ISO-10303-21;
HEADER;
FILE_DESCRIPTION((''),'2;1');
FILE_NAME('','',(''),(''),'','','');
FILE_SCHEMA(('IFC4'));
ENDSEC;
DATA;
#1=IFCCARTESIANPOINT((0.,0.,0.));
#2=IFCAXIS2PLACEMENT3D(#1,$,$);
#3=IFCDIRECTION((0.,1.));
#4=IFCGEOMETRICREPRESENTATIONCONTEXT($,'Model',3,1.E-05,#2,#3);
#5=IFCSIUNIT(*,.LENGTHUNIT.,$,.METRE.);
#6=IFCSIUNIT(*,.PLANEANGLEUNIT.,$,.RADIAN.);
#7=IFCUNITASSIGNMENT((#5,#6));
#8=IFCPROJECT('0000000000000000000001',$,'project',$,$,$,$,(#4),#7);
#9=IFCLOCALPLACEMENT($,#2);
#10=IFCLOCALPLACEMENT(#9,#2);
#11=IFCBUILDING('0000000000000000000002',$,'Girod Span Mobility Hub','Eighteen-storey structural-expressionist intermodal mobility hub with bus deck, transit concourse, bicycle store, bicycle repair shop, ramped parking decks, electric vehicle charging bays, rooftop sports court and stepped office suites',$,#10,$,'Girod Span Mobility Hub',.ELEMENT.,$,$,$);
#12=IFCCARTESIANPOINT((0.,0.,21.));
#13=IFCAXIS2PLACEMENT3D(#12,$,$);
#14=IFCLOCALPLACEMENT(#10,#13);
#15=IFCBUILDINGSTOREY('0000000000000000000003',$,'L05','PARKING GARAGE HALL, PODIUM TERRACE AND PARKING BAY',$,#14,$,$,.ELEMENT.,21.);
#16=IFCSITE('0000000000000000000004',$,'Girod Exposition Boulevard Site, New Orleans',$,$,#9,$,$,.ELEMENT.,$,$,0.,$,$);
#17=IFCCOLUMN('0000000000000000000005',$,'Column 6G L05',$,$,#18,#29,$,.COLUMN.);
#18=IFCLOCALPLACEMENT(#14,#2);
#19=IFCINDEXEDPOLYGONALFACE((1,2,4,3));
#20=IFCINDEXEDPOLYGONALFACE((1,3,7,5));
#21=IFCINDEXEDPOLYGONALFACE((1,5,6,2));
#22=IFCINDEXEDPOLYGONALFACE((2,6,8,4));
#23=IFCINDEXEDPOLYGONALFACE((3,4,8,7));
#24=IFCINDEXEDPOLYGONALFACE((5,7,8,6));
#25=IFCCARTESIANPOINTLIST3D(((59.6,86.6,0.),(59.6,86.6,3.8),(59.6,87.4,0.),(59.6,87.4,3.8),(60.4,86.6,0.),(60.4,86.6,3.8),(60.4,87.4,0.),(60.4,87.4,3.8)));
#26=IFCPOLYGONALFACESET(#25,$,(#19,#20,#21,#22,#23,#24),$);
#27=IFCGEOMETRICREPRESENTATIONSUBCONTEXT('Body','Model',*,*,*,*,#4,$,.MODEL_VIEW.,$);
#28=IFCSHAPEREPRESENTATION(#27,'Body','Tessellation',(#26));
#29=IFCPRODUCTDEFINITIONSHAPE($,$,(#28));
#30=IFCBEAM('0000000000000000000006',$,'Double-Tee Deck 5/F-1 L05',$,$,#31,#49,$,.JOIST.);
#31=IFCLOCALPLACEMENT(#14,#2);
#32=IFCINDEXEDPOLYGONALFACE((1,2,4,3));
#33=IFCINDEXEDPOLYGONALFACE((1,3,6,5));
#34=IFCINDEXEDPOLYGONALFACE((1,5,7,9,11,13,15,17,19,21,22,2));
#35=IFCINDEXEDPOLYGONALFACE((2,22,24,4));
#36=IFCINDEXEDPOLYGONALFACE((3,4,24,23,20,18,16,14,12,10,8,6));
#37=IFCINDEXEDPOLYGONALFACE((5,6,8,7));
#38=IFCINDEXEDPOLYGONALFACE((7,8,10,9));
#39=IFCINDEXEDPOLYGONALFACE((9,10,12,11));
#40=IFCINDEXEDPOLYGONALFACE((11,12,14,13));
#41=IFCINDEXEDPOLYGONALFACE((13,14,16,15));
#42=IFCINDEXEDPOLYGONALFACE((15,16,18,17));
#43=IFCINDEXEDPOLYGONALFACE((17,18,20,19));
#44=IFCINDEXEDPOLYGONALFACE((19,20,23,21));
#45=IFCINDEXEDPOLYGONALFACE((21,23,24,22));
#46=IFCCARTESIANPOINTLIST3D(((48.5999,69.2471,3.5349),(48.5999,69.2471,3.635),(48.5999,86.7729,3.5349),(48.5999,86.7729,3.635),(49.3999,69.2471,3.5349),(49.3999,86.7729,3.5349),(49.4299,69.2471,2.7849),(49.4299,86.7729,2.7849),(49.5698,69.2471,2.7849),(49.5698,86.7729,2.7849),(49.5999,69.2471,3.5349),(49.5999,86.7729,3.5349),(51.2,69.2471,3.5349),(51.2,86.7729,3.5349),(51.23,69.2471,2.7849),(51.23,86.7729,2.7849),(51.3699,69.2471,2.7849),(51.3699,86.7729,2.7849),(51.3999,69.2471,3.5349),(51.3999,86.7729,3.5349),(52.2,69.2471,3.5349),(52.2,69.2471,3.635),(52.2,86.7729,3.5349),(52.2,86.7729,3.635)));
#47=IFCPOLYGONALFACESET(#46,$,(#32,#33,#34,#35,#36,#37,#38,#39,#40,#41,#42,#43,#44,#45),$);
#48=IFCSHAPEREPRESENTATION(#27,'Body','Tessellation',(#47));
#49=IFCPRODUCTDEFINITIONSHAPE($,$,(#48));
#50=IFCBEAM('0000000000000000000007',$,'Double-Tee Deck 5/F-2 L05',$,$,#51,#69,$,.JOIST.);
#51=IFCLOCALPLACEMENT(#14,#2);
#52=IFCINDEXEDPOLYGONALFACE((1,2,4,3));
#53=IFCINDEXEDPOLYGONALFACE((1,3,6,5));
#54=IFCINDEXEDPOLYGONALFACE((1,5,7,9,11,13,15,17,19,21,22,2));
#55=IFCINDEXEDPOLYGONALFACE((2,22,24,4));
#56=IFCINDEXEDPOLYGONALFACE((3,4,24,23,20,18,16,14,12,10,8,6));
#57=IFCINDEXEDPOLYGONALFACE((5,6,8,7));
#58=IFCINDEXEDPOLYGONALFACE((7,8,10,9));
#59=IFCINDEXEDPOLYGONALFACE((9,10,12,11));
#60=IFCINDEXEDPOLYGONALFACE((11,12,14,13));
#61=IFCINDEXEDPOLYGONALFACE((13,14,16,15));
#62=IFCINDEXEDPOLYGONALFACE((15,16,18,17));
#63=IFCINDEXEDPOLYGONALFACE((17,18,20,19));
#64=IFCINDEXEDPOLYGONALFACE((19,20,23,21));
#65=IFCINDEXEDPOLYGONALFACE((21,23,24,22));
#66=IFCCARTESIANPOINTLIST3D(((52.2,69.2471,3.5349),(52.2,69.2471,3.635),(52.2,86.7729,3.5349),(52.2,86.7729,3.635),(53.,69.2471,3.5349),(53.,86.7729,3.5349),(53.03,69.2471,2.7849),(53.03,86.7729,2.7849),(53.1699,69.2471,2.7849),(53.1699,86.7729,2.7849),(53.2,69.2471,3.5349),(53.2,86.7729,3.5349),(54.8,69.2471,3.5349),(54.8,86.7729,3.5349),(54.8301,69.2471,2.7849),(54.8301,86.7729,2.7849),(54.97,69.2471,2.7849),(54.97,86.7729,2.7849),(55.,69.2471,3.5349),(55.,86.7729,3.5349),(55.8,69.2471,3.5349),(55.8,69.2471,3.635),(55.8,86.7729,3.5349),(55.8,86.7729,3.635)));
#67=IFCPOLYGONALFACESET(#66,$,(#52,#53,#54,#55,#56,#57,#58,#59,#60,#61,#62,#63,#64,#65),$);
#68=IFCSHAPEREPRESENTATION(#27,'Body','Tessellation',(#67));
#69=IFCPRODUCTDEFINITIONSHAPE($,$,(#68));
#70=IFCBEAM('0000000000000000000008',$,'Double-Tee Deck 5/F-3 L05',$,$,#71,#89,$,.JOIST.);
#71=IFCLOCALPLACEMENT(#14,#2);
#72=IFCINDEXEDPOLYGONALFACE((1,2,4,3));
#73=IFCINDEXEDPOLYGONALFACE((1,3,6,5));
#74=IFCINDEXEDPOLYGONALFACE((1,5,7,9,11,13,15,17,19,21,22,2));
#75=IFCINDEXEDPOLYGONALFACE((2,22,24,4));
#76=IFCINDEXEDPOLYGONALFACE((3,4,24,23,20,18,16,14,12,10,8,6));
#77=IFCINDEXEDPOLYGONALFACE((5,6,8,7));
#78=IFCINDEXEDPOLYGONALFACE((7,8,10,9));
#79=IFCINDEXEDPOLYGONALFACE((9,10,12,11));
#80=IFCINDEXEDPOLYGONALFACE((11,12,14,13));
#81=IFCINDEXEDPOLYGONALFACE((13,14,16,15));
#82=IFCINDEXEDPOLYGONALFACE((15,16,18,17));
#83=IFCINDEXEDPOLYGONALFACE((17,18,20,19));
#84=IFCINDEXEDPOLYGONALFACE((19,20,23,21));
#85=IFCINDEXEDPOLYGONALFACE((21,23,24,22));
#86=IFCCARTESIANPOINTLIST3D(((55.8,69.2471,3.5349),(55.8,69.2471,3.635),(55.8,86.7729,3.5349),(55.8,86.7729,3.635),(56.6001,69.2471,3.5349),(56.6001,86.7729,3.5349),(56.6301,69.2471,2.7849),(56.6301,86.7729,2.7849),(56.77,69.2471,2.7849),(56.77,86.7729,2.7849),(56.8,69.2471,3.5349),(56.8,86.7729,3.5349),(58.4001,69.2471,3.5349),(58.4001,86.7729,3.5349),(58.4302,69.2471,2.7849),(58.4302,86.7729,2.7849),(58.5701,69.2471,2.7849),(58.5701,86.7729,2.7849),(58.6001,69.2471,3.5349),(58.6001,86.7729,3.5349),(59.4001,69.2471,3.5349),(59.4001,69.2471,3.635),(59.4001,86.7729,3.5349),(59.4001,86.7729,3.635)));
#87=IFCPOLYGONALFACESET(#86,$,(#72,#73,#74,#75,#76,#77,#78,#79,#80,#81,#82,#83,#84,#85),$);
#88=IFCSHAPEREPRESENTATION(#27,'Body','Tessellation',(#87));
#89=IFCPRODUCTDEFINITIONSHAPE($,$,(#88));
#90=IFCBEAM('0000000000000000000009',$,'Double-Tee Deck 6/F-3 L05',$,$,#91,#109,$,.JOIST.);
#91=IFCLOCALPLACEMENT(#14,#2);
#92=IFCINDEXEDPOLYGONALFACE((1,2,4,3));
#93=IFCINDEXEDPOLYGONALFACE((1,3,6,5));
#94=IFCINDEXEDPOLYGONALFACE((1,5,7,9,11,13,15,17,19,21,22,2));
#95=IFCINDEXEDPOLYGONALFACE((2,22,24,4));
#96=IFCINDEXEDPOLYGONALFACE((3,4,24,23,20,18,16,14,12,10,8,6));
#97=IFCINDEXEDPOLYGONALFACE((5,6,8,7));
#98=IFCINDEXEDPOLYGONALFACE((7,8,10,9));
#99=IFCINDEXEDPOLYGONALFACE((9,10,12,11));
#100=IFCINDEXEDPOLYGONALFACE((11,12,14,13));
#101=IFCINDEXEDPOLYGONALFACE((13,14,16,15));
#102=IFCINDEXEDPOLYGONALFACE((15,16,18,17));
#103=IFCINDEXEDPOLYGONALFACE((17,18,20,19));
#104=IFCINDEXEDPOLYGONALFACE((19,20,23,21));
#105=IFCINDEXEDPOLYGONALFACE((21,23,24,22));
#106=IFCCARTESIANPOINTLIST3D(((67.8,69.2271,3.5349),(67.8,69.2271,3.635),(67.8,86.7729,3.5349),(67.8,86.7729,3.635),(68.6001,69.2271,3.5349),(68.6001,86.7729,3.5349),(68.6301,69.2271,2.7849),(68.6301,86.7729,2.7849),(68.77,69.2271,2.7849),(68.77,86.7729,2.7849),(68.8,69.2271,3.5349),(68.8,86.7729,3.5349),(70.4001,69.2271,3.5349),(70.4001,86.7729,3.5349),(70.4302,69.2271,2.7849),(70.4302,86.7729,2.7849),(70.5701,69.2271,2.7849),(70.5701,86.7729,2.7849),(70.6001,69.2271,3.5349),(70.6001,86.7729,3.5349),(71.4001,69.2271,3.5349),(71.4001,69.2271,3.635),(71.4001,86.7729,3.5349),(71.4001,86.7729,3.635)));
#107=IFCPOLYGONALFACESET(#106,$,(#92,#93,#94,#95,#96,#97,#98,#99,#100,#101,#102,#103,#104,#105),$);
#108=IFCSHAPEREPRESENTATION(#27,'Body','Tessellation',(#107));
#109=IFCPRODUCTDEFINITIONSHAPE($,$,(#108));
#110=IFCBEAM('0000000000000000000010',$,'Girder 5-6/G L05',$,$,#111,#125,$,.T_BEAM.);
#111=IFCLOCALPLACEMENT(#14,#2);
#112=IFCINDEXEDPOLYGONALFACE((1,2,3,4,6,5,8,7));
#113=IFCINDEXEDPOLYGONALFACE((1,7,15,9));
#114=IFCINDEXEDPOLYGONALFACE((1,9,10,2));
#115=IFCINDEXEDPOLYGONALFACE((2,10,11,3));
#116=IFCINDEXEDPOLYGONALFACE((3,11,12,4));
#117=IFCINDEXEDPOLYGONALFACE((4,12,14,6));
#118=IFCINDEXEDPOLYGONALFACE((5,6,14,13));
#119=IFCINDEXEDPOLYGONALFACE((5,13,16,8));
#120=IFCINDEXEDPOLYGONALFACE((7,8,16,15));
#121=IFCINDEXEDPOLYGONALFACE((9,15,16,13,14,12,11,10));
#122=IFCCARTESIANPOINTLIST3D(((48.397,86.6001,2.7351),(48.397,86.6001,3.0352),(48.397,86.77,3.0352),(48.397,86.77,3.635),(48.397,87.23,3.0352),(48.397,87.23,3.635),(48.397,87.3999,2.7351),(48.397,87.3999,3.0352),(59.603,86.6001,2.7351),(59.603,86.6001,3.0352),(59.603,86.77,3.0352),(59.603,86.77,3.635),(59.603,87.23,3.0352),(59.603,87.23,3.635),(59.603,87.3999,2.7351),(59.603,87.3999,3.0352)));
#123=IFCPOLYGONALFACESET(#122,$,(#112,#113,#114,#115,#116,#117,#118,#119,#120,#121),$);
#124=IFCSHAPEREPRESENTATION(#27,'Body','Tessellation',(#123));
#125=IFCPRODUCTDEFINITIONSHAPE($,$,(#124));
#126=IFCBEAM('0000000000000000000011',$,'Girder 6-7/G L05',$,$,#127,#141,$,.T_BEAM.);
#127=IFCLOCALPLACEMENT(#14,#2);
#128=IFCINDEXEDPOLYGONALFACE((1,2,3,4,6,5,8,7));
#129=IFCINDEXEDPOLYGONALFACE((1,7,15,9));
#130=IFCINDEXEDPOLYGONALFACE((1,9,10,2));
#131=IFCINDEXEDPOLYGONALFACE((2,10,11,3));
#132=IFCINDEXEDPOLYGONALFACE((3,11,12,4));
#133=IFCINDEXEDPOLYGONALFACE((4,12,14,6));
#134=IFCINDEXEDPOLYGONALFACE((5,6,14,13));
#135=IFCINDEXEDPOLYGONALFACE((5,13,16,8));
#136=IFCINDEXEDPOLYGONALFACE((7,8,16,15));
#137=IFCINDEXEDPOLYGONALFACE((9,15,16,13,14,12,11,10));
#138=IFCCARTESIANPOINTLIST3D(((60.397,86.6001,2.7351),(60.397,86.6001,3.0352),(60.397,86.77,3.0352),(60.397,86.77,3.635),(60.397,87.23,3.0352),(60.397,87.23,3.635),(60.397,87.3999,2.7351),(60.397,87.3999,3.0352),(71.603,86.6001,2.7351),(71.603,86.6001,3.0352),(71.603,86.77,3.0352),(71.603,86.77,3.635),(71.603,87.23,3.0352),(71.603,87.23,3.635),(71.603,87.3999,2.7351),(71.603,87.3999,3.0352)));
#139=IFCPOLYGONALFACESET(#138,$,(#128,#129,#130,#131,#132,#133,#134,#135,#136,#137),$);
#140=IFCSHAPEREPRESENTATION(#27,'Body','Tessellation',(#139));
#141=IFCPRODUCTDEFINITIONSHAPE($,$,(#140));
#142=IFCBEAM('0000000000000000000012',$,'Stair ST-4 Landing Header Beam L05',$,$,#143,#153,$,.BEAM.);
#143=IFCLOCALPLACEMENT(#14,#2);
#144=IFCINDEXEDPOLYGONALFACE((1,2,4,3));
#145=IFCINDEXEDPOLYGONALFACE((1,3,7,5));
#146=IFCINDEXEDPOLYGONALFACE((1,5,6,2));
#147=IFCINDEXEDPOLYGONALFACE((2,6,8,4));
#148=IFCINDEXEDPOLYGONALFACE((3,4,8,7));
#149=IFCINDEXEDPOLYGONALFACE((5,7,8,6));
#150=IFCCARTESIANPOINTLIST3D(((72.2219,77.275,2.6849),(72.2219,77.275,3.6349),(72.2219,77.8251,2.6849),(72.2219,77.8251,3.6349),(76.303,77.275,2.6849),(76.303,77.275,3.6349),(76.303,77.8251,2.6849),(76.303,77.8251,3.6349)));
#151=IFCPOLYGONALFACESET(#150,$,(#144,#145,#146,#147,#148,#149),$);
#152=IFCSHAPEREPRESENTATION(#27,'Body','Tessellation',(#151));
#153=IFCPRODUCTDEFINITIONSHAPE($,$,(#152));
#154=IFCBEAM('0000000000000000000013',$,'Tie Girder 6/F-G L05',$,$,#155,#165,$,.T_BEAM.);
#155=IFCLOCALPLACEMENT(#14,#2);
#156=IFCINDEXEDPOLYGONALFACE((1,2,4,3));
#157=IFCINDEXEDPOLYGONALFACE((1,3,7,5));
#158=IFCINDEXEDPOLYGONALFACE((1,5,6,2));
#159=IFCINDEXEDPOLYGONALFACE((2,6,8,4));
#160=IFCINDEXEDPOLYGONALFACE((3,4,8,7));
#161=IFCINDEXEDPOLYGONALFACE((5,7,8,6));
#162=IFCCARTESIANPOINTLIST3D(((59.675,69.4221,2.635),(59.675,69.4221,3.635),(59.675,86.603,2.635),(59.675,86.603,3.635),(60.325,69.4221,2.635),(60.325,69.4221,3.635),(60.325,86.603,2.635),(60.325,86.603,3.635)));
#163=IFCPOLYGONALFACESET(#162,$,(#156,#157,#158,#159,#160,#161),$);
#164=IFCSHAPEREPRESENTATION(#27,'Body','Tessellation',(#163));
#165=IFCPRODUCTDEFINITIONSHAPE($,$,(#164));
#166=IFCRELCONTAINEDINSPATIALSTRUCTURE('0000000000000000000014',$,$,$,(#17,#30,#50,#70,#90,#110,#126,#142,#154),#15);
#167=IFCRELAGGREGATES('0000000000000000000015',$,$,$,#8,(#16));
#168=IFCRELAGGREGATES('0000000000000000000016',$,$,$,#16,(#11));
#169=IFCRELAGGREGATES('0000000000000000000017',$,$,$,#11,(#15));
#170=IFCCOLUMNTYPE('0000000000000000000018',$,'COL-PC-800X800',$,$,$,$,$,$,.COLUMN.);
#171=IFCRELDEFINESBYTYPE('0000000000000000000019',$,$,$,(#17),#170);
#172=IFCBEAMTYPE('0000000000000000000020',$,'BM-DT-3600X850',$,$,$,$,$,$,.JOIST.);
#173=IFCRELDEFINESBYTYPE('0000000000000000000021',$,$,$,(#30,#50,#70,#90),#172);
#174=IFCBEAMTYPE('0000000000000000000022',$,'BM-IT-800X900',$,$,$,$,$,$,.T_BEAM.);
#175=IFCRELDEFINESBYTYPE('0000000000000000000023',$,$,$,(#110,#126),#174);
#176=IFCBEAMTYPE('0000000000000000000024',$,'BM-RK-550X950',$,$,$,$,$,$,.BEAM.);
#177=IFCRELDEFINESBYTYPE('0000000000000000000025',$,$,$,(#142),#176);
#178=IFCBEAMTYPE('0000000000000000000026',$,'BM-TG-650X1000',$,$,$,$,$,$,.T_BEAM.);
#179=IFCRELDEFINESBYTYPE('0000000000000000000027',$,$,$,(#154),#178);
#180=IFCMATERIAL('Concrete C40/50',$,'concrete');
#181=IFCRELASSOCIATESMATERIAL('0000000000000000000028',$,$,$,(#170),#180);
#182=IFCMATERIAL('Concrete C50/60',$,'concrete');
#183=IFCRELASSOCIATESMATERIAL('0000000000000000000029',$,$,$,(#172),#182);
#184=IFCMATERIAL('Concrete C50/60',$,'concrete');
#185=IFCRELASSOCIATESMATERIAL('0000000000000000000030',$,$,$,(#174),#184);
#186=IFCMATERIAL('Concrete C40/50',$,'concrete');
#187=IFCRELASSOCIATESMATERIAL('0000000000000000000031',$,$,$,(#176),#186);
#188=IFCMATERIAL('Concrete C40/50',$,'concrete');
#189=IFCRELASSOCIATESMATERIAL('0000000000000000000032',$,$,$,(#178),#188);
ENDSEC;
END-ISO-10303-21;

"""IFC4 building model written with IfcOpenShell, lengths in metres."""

from ifc_helpers import new_model, si_unit, direction, frame, origin, origin_2d, place, context, subcontext, project, spatial, polyline, rectangle, outline, extrude, material, material_profile, profile_set, type_object, element, save


model = new_model("IFC4")

# Units and contexts
model_context = context("Model", 3, precision=1e-05, world=origin(), true_north=direction((0.0, 1.0)))
body_context = subcontext(model_context, "Body", "Model", "MODEL_VIEW")
ifc_project = project(units=[si_unit("LENGTHUNIT", "METRE"), si_unit("PLANEANGLEUNIT", "RADIAN")], contexts=[model_context])

# Site, building, storey
site_placement = place(None, origin())
site = spatial("IfcSite", under=ifc_project, at=site_placement, Name="Girod Exposition Boulevard Site, New Orleans", CompositionType="ELEMENT", RefElevation=0.0)
building_placement = place(site_placement, origin())
building = spatial("IfcBuilding", under=site, at=building_placement, Name="Girod Span Mobility Hub", Description="Eighteen-storey structural-expressionist intermodal mobility hub with bus deck, transit concourse, bicycle store, bicycle repair shop, ramped parking decks, electric vehicle charging bays, rooftop sports court and stepped office suites", LongName="Girod Span Mobility Hub", CompositionType="ELEMENT")
storey_placement = place(building_placement, frame((0.0, 0.0, 21.0)))
storey = spatial("IfcBuildingStorey", under=building, at=storey_placement, Name="L05", Description="PARKING GARAGE HALL, PODIUM TERRACE AND PARKING BAY", CompositionType="ELEMENT", Elevation=21.0)

# Column
ifc_material_1 = material(Name="Concrete C40/50", Category="concrete")
ifc_material_profile_1 = material_profile(ifc_material_1, rectangle(XDim=0.8, YDim=0.8, at=origin_2d()), Name="PC-COL-800X800")
ifc_profile_set_1 = profile_set([ifc_material_profile_1], Name="Concrete C40/50")
column_type = type_object("IfcColumnType", Name="COL-PC-800X800", PredefinedType="COLUMN", material=ifc_profile_set_1)
column_placement = place(storey_placement, frame((60.0, 87.0, 0.0), z_axis=(0.0, 0.0, 1.0), x_axis=(1.0, 0.0, 0.0)))
element("IfcColumn", 1, at=column_placement, inside=storey, type_object=column_type, Name="Column 6G L05", PredefinedType="COLUMN", context=body_context, shape_type="SweptSolid", body=[
    extrude(rectangle(XDim=0.8, YDim=0.8, at=origin_2d()), origin(), (0.0, 0.0, 1.0), 3.8),
])

# Beams
ifc_material_2 = material(Name="Concrete C50/60", Category="concrete")
ifc_material_profile_2 = material_profile(ifc_material_2, outline(polyline([(-1.8, 0.425), (-1.8, 0.325), (-1.0, 0.325), (-0.97, -0.425), (-0.8301, -0.425), (-0.8, 0.325), (0.8, 0.325), (0.8301, -0.425), (0.97, -0.425), (1.0, 0.325), (1.8, 0.325), (1.8, 0.425), (-1.8, 0.425)])), Name="DT-3600X850")
ifc_profile_set_2 = profile_set([ifc_material_profile_2], Name="Concrete C50/60")
beam_type_1 = type_object("IfcBeamType", Name="BM-DT-3600X850", PredefinedType="JOIST", material=ifc_profile_set_2)
for number, where, z_axis, x_axis, name in (
    (2, (50.3999, 69.2471, 3.21), (0.0, 1.0, 0.0), (-1.0, 0.0, 0.0), "Double-Tee Deck 5/F-1 L05"),
    (3, (54.0, 69.2471, 3.21), (0.0, 1.0, 0.0), (-1.0, 0.0, 0.0), "Double-Tee Deck 5/F-2 L05"),
    (4, (57.6001, 69.2471, 3.21), (0.0, 1.0, 0.0), (-1.0, 0.0, 0.0), "Double-Tee Deck 5/F-3 L05"),
):
    element("IfcBeam", number, at=place(storey_placement, frame(where, z_axis=z_axis, x_axis=x_axis)), inside=storey, type_object=beam_type_1, Name=name, PredefinedType="JOIST", context=body_context, shape_type="SweptSolid", body=[
        extrude(outline(polyline([(-1.8, 0.425), (-1.8, 0.325), (-1.0, 0.325), (-0.97, -0.425), (-0.8301, -0.425), (-0.8, 0.325), (0.8, 0.325), (0.8301, -0.425), (0.97, -0.425), (1.0, 0.325), (1.8, 0.325), (1.8, 0.425), (-1.8, 0.425)])), origin(), (0.0, 0.0, 1.0), 17.5259),
    ])
beam_1_placement = place(storey_placement, frame((69.6001, 69.2271, 3.21), z_axis=(0.0, 1.0, 0.0), x_axis=(-1.0, 0.0, 0.0)))
element("IfcBeam", 5, at=beam_1_placement, inside=storey, type_object=beam_type_1, Name="Double-Tee Deck 6/F-3 L05", PredefinedType="JOIST", context=body_context, shape_type="SweptSolid", body=[
    extrude(outline(polyline([(-1.8, 0.425), (-1.8, 0.325), (-1.0, 0.325), (-0.97, -0.425), (-0.8301, -0.425), (-0.8, 0.325), (0.8, 0.325), (0.8301, -0.425), (0.97, -0.425), (1.0, 0.325), (1.8, 0.325), (1.8, 0.425), (-1.8, 0.425)])), origin(), (0.0, 0.0, 1.0), 17.5459),
])
ifc_material_3 = material(Name="Concrete C50/60", Category="concrete")
ifc_material_profile_3 = material_profile(ifc_material_3, outline(polyline([(-0.3999, -0.45), (0.3999, -0.45), (0.3999, -0.1499), (0.23, -0.1499), (0.23, 0.45), (-0.23, 0.45), (-0.23, -0.1499), (-0.3999, -0.1499), (-0.3999, -0.45)])), Name="IT-800X900")
ifc_profile_set_3 = profile_set([ifc_material_profile_3], Name="Concrete C50/60")
beam_type_2 = type_object("IfcBeamType", Name="BM-IT-800X900", PredefinedType="T_BEAM", material=ifc_profile_set_3)
for number, where, z_axis, x_axis, name in (
    (6, (48.397, 87.0, 3.1851), (1.0, 0.0, 0.0), (0.0, 1.0, 0.0), "Girder 5-6/G L05"),
    (7, (60.397, 87.0, 3.1851), (1.0, 0.0, 0.0), (0.0, 1.0, 0.0), "Girder 6-7/G L05"),
):
    element("IfcBeam", number, at=place(storey_placement, frame(where, z_axis=z_axis, x_axis=x_axis)), inside=storey, type_object=beam_type_2, Name=name, PredefinedType="T_BEAM", context=body_context, shape_type="SweptSolid", body=[
        extrude(outline(polyline([(-0.3999, -0.45), (0.3999, -0.45), (0.3999, -0.1499), (0.23, -0.1499), (0.23, 0.45), (-0.23, 0.45), (-0.23, -0.1499), (-0.3999, -0.1499), (-0.3999, -0.45)])), origin(), (0.0, 0.0, 1.0), 11.2061),
    ])
ifc_material_4 = material(Name="Concrete C40/50", Category="concrete")
ifc_material_profile_4 = material_profile(ifc_material_4, rectangle(XDim=0.55, YDim=0.95, at=origin_2d()), Name="RK-550X950")
ifc_profile_set_4 = profile_set([ifc_material_profile_4], Name="Concrete C40/50")
beam_type_3 = type_object("IfcBeamType", Name="BM-RK-550X950", PredefinedType="BEAM", material=ifc_profile_set_4)
beam_2_placement = place(storey_placement, frame((72.2219, 77.55, 3.1599), z_axis=(1.0, 0.0, 0.0), x_axis=(0.0, 1.0, 0.0)))
element("IfcBeam", 8, at=beam_2_placement, inside=storey, type_object=beam_type_3, Name="Stair ST-4 Landing Header Beam L05", PredefinedType="BEAM", context=body_context, shape_type="SweptSolid", body=[
    extrude(rectangle(XDim=0.55, YDim=0.95, at=origin_2d()), origin(), (0.0, 0.0, 1.0), 4.0811),
])
ifc_material_5 = material(Name="Concrete C40/50", Category="concrete")
ifc_material_profile_5 = material_profile(ifc_material_5, rectangle(XDim=0.6499, YDim=1.0, at=origin_2d()), Name="TG-650X1000")
ifc_profile_set_5 = profile_set([ifc_material_profile_5], Name="Concrete C40/50")
beam_type_4 = type_object("IfcBeamType", Name="BM-TG-650X1000", PredefinedType="T_BEAM", material=ifc_profile_set_5)
beam_3_placement = place(storey_placement, frame((60.0, 69.4221, 3.135), z_axis=(0.0, 1.0, 0.0), x_axis=(-1.0, 0.0, 0.0)))
element("IfcBeam", 9, at=beam_3_placement, inside=storey, type_object=beam_type_4, Name="Tie Girder 6/F-G L05", PredefinedType="T_BEAM", context=body_context, shape_type="SweptSolid", body=[
    extrude(rectangle(XDim=0.6499, YDim=1.0, at=origin_2d()), origin(), (0.0, 0.0, 1.0), 17.1809),
])

save(model, "model.ifc")
